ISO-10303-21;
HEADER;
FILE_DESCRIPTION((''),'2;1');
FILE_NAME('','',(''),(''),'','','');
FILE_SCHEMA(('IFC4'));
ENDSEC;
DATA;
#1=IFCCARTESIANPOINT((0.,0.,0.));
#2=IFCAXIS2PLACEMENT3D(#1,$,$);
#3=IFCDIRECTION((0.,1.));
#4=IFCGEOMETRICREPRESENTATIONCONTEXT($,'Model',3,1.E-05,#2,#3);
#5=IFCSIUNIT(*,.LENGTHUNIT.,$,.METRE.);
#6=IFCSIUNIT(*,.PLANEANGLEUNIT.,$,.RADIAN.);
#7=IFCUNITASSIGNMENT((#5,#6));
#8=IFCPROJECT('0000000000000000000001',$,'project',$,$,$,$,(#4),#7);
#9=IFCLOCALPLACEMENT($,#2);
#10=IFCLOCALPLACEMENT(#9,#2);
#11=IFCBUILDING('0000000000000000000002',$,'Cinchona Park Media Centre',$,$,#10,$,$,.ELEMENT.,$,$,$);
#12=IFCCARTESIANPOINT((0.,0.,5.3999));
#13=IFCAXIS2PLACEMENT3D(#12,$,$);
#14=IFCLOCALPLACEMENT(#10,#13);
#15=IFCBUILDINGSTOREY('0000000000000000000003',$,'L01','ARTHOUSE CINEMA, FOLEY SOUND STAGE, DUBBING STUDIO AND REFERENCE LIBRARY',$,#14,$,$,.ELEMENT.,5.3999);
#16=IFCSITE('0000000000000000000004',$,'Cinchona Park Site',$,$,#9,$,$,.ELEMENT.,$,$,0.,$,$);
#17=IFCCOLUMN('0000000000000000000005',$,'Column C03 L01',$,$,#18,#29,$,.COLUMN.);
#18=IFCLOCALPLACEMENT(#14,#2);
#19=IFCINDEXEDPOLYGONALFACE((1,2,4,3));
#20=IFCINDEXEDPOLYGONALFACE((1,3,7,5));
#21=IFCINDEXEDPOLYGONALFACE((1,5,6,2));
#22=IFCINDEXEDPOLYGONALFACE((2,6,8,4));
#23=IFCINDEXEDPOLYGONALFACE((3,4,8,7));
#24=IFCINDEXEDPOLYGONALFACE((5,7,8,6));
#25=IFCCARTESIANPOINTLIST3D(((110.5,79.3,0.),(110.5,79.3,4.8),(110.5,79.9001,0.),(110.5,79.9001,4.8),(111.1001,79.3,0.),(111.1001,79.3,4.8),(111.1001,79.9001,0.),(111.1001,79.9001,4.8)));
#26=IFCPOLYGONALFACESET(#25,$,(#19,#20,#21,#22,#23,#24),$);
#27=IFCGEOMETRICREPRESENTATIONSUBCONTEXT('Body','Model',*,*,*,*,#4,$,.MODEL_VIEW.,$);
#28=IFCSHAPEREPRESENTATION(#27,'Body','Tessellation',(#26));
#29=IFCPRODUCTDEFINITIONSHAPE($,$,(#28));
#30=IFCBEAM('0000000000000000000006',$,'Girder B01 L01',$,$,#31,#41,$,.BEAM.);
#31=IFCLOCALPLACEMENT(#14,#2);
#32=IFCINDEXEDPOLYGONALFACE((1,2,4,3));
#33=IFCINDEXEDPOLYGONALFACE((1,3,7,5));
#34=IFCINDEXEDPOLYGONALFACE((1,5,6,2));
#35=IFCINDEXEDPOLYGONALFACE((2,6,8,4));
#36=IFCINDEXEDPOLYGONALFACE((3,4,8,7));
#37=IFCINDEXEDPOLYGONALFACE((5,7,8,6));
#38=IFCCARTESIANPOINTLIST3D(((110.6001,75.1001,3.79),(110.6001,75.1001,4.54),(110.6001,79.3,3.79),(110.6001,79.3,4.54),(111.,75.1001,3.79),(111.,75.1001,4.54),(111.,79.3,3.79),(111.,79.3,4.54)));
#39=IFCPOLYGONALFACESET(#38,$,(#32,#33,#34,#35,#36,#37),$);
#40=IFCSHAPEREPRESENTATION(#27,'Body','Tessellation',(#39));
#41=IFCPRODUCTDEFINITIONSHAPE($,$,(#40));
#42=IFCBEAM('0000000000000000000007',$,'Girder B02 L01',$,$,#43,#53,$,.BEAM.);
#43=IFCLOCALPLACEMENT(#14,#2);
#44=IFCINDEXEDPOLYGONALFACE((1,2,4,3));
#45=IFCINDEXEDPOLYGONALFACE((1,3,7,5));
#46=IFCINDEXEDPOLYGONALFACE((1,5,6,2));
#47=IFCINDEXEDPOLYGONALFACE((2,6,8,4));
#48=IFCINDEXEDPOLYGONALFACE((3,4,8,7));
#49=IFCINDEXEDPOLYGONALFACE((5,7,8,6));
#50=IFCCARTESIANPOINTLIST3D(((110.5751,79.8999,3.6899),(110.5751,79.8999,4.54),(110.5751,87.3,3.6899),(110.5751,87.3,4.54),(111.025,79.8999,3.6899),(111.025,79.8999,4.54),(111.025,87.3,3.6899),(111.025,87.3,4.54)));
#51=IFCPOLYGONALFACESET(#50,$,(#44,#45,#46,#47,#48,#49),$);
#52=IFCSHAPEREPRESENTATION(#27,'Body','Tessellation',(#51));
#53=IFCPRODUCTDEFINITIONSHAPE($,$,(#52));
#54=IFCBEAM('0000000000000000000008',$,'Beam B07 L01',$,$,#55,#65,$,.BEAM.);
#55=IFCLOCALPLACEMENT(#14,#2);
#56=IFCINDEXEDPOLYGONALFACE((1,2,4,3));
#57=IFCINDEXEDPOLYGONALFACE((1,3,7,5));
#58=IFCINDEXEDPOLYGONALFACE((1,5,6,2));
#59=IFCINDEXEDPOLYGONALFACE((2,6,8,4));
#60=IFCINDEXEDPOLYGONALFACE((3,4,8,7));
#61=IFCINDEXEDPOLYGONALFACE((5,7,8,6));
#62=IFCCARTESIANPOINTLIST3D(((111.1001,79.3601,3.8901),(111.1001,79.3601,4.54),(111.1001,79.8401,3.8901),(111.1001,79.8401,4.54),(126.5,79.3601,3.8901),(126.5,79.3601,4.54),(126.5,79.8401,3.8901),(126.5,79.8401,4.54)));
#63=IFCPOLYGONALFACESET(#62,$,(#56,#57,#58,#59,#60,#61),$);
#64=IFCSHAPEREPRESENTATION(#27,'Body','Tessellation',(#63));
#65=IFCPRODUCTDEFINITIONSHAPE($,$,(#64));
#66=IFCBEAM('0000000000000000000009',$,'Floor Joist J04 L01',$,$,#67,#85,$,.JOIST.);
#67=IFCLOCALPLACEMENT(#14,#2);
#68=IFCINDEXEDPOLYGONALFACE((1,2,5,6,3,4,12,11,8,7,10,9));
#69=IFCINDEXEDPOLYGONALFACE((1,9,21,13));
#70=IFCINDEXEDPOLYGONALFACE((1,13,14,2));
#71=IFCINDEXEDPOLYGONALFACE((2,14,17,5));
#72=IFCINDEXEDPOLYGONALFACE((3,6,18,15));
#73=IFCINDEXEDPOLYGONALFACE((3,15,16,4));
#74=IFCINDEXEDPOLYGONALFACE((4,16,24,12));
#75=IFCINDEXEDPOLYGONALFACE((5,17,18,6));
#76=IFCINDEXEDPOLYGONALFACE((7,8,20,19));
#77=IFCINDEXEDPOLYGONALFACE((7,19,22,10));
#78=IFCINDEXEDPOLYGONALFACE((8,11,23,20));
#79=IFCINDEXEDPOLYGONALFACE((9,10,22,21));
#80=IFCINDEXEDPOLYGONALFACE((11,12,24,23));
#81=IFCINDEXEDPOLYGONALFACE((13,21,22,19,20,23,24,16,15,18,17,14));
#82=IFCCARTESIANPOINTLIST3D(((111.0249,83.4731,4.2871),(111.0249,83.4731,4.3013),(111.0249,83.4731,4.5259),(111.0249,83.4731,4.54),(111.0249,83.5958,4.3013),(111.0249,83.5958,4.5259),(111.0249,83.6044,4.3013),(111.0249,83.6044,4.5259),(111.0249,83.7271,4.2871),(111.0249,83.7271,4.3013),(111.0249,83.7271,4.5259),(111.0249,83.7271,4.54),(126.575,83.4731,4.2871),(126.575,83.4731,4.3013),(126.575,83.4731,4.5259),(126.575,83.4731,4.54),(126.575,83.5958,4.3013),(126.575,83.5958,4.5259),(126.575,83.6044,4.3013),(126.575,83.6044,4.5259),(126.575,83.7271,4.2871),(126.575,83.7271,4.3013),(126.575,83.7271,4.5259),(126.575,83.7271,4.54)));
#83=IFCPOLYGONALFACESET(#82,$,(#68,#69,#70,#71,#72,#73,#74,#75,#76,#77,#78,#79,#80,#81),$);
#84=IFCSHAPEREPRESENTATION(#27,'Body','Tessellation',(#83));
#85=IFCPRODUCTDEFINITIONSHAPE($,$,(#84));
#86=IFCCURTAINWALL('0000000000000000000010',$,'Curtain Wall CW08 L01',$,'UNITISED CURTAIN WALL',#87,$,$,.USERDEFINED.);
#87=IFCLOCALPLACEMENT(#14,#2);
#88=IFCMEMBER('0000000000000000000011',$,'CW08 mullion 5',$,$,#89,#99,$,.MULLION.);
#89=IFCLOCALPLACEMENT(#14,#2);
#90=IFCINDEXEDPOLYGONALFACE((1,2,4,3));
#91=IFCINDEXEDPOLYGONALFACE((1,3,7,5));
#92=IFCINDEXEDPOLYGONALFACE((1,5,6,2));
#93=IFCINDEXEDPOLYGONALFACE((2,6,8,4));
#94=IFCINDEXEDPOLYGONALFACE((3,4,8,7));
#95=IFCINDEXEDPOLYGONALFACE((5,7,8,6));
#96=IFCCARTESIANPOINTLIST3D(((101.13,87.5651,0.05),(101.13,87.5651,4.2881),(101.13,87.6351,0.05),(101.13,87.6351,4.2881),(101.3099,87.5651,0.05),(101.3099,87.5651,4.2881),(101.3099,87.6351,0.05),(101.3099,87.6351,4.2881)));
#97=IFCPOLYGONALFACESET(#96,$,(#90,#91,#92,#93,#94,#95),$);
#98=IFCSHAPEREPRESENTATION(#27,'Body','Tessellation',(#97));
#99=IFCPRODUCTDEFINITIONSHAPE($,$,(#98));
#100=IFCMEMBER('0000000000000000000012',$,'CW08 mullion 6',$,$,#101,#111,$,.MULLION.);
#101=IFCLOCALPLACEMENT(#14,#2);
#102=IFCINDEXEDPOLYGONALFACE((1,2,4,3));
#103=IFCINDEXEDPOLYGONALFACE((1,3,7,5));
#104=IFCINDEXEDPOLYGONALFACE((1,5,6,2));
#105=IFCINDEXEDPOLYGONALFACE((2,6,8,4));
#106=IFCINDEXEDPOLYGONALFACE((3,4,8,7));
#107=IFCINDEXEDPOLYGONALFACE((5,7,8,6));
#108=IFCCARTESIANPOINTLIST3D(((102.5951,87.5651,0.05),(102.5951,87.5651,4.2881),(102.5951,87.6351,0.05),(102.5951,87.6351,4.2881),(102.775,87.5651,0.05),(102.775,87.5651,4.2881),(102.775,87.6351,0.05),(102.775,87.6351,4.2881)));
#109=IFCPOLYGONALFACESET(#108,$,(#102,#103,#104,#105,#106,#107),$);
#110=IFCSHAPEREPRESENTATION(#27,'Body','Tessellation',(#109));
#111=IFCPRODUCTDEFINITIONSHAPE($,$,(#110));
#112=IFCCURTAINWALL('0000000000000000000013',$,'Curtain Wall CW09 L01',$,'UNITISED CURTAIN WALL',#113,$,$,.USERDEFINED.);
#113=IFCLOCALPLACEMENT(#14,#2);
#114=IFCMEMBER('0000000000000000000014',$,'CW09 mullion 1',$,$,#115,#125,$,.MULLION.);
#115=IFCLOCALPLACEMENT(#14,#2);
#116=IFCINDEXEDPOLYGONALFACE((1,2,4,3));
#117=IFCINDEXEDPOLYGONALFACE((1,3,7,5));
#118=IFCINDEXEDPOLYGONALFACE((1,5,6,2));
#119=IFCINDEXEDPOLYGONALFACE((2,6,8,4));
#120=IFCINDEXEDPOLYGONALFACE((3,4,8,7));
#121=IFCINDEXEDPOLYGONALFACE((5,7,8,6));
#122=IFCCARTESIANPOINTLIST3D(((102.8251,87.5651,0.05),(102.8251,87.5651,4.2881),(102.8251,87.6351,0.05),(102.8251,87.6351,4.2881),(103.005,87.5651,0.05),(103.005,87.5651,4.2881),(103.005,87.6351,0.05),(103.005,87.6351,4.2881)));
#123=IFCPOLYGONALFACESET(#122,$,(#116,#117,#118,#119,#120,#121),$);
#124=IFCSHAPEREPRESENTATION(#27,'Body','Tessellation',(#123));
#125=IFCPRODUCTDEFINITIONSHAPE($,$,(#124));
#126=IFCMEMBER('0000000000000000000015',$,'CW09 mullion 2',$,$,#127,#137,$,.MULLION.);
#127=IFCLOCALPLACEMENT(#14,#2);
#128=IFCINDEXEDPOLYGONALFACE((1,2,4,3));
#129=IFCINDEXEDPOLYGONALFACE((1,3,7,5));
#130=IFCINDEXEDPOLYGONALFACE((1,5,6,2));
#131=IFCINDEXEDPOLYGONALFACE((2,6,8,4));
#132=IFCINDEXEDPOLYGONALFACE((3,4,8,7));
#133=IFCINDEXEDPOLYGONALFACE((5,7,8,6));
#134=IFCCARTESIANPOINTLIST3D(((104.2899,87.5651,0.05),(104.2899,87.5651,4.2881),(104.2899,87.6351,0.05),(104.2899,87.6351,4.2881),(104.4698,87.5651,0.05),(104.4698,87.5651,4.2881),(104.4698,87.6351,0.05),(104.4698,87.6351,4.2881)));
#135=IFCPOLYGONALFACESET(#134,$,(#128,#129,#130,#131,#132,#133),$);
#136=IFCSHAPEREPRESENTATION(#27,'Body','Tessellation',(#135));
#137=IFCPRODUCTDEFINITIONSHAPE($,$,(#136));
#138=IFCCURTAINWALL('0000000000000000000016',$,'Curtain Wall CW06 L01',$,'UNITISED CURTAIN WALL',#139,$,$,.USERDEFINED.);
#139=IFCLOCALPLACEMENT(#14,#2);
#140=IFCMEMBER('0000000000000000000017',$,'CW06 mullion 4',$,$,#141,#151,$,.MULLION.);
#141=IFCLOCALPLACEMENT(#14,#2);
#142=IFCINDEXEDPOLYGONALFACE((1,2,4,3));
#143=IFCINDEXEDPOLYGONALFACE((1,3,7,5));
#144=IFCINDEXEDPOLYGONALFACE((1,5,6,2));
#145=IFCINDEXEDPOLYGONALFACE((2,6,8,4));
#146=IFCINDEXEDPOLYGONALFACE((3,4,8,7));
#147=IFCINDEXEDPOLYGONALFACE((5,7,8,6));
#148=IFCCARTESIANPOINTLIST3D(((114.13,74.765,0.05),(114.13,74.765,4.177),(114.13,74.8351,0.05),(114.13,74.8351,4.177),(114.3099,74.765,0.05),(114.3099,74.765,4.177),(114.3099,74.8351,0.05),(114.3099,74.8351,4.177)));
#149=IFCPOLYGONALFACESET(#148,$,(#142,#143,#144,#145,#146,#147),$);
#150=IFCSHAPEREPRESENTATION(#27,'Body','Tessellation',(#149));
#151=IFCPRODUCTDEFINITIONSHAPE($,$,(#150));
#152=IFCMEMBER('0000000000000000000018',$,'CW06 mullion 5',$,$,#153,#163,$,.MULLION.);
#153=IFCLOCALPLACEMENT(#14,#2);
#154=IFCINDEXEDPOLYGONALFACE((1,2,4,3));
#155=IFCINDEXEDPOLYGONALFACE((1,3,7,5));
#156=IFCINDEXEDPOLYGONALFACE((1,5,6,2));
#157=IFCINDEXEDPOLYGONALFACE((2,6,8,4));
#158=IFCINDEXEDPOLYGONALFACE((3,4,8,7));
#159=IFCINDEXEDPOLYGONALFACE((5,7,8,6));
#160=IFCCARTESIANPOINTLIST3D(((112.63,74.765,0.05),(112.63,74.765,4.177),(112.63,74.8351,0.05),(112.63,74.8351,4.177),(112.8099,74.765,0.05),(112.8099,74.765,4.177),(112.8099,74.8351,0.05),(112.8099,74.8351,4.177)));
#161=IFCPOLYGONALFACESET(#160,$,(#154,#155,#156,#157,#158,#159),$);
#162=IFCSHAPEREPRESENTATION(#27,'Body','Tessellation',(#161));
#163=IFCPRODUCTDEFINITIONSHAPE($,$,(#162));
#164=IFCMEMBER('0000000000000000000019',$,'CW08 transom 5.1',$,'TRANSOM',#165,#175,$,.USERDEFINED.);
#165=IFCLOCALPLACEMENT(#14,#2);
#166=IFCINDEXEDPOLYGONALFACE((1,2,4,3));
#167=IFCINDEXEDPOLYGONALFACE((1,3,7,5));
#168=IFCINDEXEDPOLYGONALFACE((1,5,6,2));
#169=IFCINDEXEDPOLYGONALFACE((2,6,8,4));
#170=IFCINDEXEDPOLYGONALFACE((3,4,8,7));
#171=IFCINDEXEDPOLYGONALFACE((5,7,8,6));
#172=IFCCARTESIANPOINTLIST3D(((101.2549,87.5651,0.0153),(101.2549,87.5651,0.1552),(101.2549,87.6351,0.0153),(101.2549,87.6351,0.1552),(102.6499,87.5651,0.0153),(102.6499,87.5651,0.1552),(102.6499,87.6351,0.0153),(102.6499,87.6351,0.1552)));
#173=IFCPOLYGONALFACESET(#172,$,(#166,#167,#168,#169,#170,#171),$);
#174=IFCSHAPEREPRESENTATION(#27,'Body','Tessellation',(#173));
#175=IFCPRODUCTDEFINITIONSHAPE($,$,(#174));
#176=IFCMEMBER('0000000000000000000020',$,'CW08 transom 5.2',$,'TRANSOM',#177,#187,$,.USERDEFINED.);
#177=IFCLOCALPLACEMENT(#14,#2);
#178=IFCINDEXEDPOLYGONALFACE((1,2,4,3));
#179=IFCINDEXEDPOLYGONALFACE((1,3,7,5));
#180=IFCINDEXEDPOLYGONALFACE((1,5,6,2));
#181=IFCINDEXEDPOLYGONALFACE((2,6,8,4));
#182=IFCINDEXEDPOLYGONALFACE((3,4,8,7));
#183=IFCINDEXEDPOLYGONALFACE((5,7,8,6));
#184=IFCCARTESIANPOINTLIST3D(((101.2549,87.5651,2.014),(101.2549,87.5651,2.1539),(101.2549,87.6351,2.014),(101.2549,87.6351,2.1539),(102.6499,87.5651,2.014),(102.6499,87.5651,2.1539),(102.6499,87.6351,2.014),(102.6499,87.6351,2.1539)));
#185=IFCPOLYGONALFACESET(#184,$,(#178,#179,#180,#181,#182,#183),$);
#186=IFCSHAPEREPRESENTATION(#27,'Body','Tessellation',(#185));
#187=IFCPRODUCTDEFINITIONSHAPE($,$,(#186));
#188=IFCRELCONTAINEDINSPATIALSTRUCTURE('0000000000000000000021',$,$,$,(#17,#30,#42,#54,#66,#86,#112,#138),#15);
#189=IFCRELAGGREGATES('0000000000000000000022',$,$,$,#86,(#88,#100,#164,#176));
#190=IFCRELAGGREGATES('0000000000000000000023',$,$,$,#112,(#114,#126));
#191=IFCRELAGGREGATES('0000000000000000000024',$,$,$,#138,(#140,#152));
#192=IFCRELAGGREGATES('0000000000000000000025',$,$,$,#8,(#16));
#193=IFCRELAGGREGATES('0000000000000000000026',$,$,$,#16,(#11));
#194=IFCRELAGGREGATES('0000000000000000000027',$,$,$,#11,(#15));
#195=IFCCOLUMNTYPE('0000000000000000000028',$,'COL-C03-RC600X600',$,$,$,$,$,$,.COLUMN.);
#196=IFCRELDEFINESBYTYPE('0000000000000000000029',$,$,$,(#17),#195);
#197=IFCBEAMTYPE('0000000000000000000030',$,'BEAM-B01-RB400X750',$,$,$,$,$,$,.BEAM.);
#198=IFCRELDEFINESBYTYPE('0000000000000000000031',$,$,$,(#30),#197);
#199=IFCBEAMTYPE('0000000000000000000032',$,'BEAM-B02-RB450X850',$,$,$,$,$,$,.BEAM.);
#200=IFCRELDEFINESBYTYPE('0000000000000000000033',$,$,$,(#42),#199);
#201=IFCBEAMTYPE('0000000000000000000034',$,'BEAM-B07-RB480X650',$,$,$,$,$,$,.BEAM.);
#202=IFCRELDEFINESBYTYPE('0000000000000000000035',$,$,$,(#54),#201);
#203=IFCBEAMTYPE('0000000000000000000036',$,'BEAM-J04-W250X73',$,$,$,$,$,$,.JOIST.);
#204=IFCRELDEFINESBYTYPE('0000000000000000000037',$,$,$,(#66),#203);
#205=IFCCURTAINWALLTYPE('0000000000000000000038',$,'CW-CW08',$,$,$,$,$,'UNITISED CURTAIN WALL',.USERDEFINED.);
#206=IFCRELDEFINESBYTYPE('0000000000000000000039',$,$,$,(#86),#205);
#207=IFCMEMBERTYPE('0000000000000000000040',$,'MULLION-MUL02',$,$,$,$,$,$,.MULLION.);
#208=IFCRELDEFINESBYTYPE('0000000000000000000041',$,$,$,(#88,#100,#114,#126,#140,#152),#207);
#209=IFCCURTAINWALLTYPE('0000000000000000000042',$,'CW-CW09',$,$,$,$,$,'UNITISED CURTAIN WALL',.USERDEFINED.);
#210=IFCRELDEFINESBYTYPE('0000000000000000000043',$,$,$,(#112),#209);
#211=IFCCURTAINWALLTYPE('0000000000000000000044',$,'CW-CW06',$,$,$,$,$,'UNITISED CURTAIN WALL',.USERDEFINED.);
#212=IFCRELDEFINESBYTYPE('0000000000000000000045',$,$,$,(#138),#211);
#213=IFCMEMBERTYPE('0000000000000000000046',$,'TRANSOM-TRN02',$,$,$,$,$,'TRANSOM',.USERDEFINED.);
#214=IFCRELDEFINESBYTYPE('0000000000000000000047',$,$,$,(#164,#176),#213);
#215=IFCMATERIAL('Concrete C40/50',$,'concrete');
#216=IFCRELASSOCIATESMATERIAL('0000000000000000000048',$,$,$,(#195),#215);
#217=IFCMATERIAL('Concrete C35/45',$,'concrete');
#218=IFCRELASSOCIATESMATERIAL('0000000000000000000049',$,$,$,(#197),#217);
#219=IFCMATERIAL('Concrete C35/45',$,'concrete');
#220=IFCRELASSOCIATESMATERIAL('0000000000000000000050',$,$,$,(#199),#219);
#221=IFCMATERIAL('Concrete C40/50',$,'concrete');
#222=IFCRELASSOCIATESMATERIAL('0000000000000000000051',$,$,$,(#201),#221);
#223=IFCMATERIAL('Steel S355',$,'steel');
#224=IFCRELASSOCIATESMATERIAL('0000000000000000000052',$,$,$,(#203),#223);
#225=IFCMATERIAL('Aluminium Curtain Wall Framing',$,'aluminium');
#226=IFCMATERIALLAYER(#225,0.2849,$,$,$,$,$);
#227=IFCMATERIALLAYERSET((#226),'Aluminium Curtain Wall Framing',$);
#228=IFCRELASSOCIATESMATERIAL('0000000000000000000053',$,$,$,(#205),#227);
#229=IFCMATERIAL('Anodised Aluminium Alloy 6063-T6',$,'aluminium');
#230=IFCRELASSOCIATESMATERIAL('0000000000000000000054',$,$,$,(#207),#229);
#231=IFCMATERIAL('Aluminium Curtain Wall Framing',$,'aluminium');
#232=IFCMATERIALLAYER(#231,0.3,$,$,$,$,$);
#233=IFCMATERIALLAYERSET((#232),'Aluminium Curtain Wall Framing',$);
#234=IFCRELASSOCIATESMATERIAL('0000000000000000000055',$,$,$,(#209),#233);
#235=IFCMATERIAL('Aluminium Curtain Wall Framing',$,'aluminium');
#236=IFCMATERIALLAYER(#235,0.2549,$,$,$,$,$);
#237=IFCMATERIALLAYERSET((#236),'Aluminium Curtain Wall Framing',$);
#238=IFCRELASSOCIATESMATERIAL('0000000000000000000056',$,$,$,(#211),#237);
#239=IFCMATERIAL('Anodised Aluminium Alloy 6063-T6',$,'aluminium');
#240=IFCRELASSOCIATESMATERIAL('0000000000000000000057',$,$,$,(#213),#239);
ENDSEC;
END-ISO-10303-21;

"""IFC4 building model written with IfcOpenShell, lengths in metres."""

from ifc_helpers import new_model, si_unit, direction, frame, origin, origin_2d, place, context, subcontext, project, spatial, rectangle, i_section, extrude, material, layer, layer_set, material_profile, profile_set, type_object, element, aggregate, save


model = new_model("IFC4")

# Units and contexts
model_context = context("Model", 3, precision=1e-05, world=origin(), true_north=direction((0.0, 1.0)))
body_context = subcontext(model_context, "Body", "Model", "MODEL_VIEW")
ifc_project = project(units=[si_unit("LENGTHUNIT", "METRE"), si_unit("PLANEANGLEUNIT", "RADIAN")], contexts=[model_context])

# Site, building, storey
site_placement = place(None, origin())
site = spatial("IfcSite", under=ifc_project, at=site_placement, Name="Cinchona Park Site", CompositionType="ELEMENT", RefElevation=0.0)
building_placement = place(site_placement, origin())
building = spatial("IfcBuilding", under=site, at=building_placement, Name="Cinchona Park Media Centre", CompositionType="ELEMENT")
storey_placement = place(building_placement, frame((0.0, 0.0, 5.3999)))
storey = spatial("IfcBuildingStorey", under=building, at=storey_placement, Name="L01", Description="ARTHOUSE CINEMA, FOLEY SOUND STAGE, DUBBING STUDIO AND REFERENCE LIBRARY", CompositionType="ELEMENT", Elevation=5.3999)

# Column
ifc_material_1 = material(Name="Concrete C40/50", Category="concrete")
ifc_material_profile_1 = material_profile(ifc_material_1, rectangle(XDim=0.6001, YDim=0.6001, at=origin_2d()), Name="RC 600X600")
ifc_profile_set_1 = profile_set([ifc_material_profile_1], Name="Concrete C40/50")
column_type = type_object("IfcColumnType", Name="COL-C03-RC600X600", PredefinedType="COLUMN", material=ifc_profile_set_1)
column_placement = place(storey_placement, frame((110.8, 79.6001, 0.0), z_axis=(0.0, 0.0, 1.0), x_axis=(1.0, 0.0, 0.0)))
element("IfcColumn", 1, at=column_placement, inside=storey, type_object=column_type, Name="Column C03 L01", PredefinedType="COLUMN", context=body_context, shape_type="SweptSolid", body=[
    extrude(rectangle(XDim=0.6001, YDim=0.6001, at=origin_2d()), origin(), (0.0, 0.0, 1.0), 4.8),
])

# Beams
ifc_material_2 = material(Name="Concrete C35/45", Category="concrete")
ifc_material_profile_2 = material_profile(ifc_material_2, rectangle(XDim=0.3999, YDim=0.75, at=origin_2d()), Name="RB 400X750")
ifc_profile_set_2 = profile_set([ifc_material_profile_2], Name="Concrete C35/45")
beam_type_1 = type_object("IfcBeamType", Name="BEAM-B01-RB400X750", PredefinedType="BEAM", material=ifc_profile_set_2)
beam_1_placement = place(storey_placement, frame((110.8, 75.1001, 4.165), z_axis=(0.0, 1.0, 0.0), x_axis=(-1.0, 0.0, 0.0)))
element("IfcBeam", 2, at=beam_1_placement, inside=storey, type_object=beam_type_1, Name="Girder B01 L01", PredefinedType="BEAM", context=body_context, shape_type="SweptSolid", body=[
    extrude(rectangle(XDim=0.3999, YDim=0.75, at=origin_2d()), origin(), (0.0, 0.0, 1.0), 4.2),
])
ifc_material_3 = material(Name="Concrete C35/45", Category="concrete")
ifc_material_profile_3 = material_profile(ifc_material_3, rectangle(XDim=0.45, YDim=0.8501, at=origin_2d()), Name="RB 450X850")
ifc_profile_set_3 = profile_set([ifc_material_profile_3], Name="Concrete C35/45")
beam_type_2 = type_object("IfcBeamType", Name="BEAM-B02-RB450X850", PredefinedType="BEAM", material=ifc_profile_set_3)
beam_2_placement = place(storey_placement, frame((110.8, 79.8999, 4.115), z_axis=(0.0, 1.0, 0.0), x_axis=(-1.0, 0.0, 0.0)))
element("IfcBeam", 3, at=beam_2_placement, inside=storey, type_object=beam_type_2, Name="Girder B02 L01", PredefinedType="BEAM", context=body_context, shape_type="SweptSolid", body=[
    extrude(rectangle(XDim=0.45, YDim=0.8501, at=origin_2d()), origin(), (0.0, 0.0, 1.0), 7.4001),
])
ifc_material_4 = material(Name="Concrete C40/50", Category="concrete")
ifc_material_profile_4 = material_profile(ifc_material_4, rectangle(XDim=0.48, YDim=0.6499, at=origin_2d()), Name="RB 480X650")
ifc_profile_set_4 = profile_set([ifc_material_profile_4], Name="Concrete C40/50")
beam_type_3 = type_object("IfcBeamType", Name="BEAM-B07-RB480X650", PredefinedType="BEAM", material=ifc_profile_set_4)
beam_3_placement = place(storey_placement, frame((111.1001, 79.6001, 4.2151), z_axis=(1.0, 0.0, 0.0), x_axis=(0.0, 1.0, 0.0)))
element("IfcBeam", 4, at=beam_3_placement, inside=storey, type_object=beam_type_3, Name="Beam B07 L01", PredefinedType="BEAM", context=body_context, shape_type="SweptSolid", body=[
    extrude(rectangle(XDim=0.48, YDim=0.6499, at=origin_2d()), origin(), (0.0, 0.0, 1.0), 15.3999),
])
ifc_material_5 = material(Name="Steel S355", Category="steel")
ifc_material_profile_5 = material_profile(ifc_material_5, i_section(OverallWidth=0.2539, OverallDepth=0.2529, WebThickness=0.0085, FlangeThickness=0.0142, at=origin_2d()), Name="W250X73")
ifc_profile_set_5 = profile_set([ifc_material_profile_5], Name="Steel S355")
beam_type_4 = type_object("IfcBeamType", Name="BEAM-J04-W250X73", PredefinedType="JOIST", material=ifc_profile_set_5)
beam_4_placement = place(storey_placement, frame((111.0249, 83.6001, 4.4136), z_axis=(1.0, 0.0, 0.0), x_axis=(0.0, 1.0, 0.0)))
element("IfcBeam", 5, at=beam_4_placement, inside=storey, type_object=beam_type_4, Name="Floor Joist J04 L01", PredefinedType="JOIST", context=body_context, shape_type="SweptSolid", body=[
    extrude(i_section(OverallWidth=0.2539, OverallDepth=0.2529, WebThickness=0.0085, FlangeThickness=0.0142, at=origin_2d()), origin(), (0.0, 0.0, 1.0), 15.55),
])

# Curtain walls, members
ifc_material_6 = material(Name="Aluminium Curtain Wall Framing", Category="aluminium")
ifc_layer_1 = layer(ifc_material_6, 0.2849)
ifc_layer_set_1 = layer_set([ifc_layer_1], Name="Aluminium Curtain Wall Framing")
curtain_wall_type_1 = type_object("IfcCurtainWallType", Name="CW-CW08", ElementType="UNITISED CURTAIN WALL", PredefinedType="USERDEFINED", material=ifc_layer_set_1)
curtain_wall_1_placement = place(storey_placement, origin())
curtain_wall_1 = element("IfcCurtainWall", 6, at=curtain_wall_1_placement, inside=storey, type_object=curtain_wall_type_1, Name="Curtain Wall CW08 L01", ObjectType="UNITISED CURTAIN WALL", PredefinedType="USERDEFINED")
ifc_material_7 = material(Name="Anodised Aluminium Alloy 6063-T6", Category="aluminium")
ifc_material_profile_6 = material_profile(ifc_material_7, rectangle(XDim=0.0701, YDim=0.1799, at=origin_2d()), Name="MUL-70X180")
ifc_profile_set_6 = profile_set([ifc_material_profile_6], Name="Anodised Aluminium Alloy 6063-T6")
member_type_1 = type_object("IfcMemberType", Name="MULLION-MUL02", PredefinedType="MULLION", material=ifc_profile_set_6)
member_1_placement = place(storey_placement, frame((101.22, 87.6001, 0.05), z_axis=(0.0, 0.0, 1.0), x_axis=(0.0, 1.0, 0.0)))
member_1 = element("IfcMember", 7, at=member_1_placement, type_object=member_type_1, Name="CW08 mullion 5", PredefinedType="MULLION", context=body_context, shape_type="SweptSolid", body=[
    extrude(rectangle(XDim=0.0701, YDim=0.1799, at=origin_2d()), origin(), (0.0, 0.0, 1.0), 4.238),
])
member_2_placement = place(storey_placement, frame((102.6851, 87.6001, 0.05), z_axis=(0.0, 0.0, 1.0), x_axis=(0.0, 1.0, 0.0)))
member_2 = element("IfcMember", 8, at=member_2_placement, type_object=member_type_1, Name="CW08 mullion 6", PredefinedType="MULLION", context=body_context, shape_type="SweptSolid", body=[
    extrude(rectangle(XDim=0.0701, YDim=0.1799, at=origin_2d()), origin(), (0.0, 0.0, 1.0), 4.238),
])
ifc_material_8 = material(Name="Aluminium Curtain Wall Framing", Category="aluminium")
ifc_layer_2 = layer(ifc_material_8, 0.3)
ifc_layer_set_2 = layer_set([ifc_layer_2], Name="Aluminium Curtain Wall Framing")
curtain_wall_type_2 = type_object("IfcCurtainWallType", Name="CW-CW09", ElementType="UNITISED CURTAIN WALL", PredefinedType="USERDEFINED", material=ifc_layer_set_2)
curtain_wall_2_placement = place(storey_placement, origin())
curtain_wall_2 = element("IfcCurtainWall", 9, at=curtain_wall_2_placement, inside=storey, type_object=curtain_wall_type_2, Name="Curtain Wall CW09 L01", ObjectType="UNITISED CURTAIN WALL", PredefinedType="USERDEFINED")
member_3_placement = place(storey_placement, frame((102.915, 87.6001, 0.05), z_axis=(0.0, 0.0, 1.0), x_axis=(0.0, 1.0, 0.0)))
member_3 = element("IfcMember", 10, at=member_3_placement, type_object=member_type_1, Name="CW09 mullion 1", PredefinedType="MULLION", context=body_context, shape_type="SweptSolid", body=[
    extrude(rectangle(XDim=0.0701, YDim=0.1799, at=origin_2d()), origin(), (0.0, 0.0, 1.0), 4.238),
])
member_4_placement = place(storey_placement, frame((104.3799, 87.6001, 0.05), z_axis=(0.0, 0.0, 1.0), x_axis=(0.0, 1.0, 0.0)))
member_4 = element("IfcMember", 11, at=member_4_placement, type_object=member_type_1, Name="CW09 mullion 2", PredefinedType="MULLION", context=body_context, shape_type="SweptSolid", body=[
    extrude(rectangle(XDim=0.0701, YDim=0.1799, at=origin_2d()), origin(), (0.0, 0.0, 1.0), 4.238),
])
ifc_material_9 = material(Name="Aluminium Curtain Wall Framing", Category="aluminium")
ifc_layer_3 = layer(ifc_material_9, 0.2549)
ifc_layer_set_3 = layer_set([ifc_layer_3], Name="Aluminium Curtain Wall Framing")
curtain_wall_type_3 = type_object("IfcCurtainWallType", Name="CW-CW06", ElementType="UNITISED CURTAIN WALL", PredefinedType="USERDEFINED", material=ifc_layer_set_3)
curtain_wall_3_placement = place(storey_placement, origin())
curtain_wall_3 = element("IfcCurtainWall", 12, at=curtain_wall_3_placement, inside=storey, type_object=curtain_wall_type_3, Name="Curtain Wall CW06 L01", ObjectType="UNITISED CURTAIN WALL", PredefinedType="USERDEFINED")
member_5_placement = place(storey_placement, frame((114.22, 74.8, 0.05), z_axis=(0.0, 0.0, 1.0), x_axis=(0.0, -1.0, 0.0)))
member_5 = element("IfcMember", 13, at=member_5_placement, type_object=member_type_1, Name="CW06 mullion 4", PredefinedType="MULLION", context=body_context, shape_type="SweptSolid", body=[
    extrude(rectangle(XDim=0.0701, YDim=0.1799, at=origin_2d()), origin(), (0.0, 0.0, 1.0), 4.127),
])
member_6_placement = place(storey_placement, frame((112.72, 74.8, 0.05), z_axis=(0.0, 0.0, 1.0), x_axis=(0.0, -1.0, 0.0)))
member_6 = element("IfcMember", 14, at=member_6_placement, type_object=member_type_1, Name="CW06 mullion 5", PredefinedType="MULLION", context=body_context, shape_type="SweptSolid", body=[
    extrude(rectangle(XDim=0.0701, YDim=0.1799, at=origin_2d()), origin(), (0.0, 0.0, 1.0), 4.127),
])

# Members
ifc_material_10 = material(Name="Anodised Aluminium Alloy 6063-T6", Category="aluminium")
ifc_material_profile_7 = material_profile(ifc_material_10, rectangle(XDim=0.0701, YDim=0.1399, at=origin_2d()), Name="TRN-70X140")
ifc_profile_set_7 = profile_set([ifc_material_profile_7], Name="Anodised Aluminium Alloy 6063-T6")
member_type_2 = type_object("IfcMemberType", Name="TRANSOM-TRN02", ElementType="TRANSOM", PredefinedType="USERDEFINED", material=ifc_profile_set_7)
member_7_placement = place(storey_placement, frame((101.2549, 87.6001, 0.0852), z_axis=(1.0, 0.0, 0.0), x_axis=(0.0, 1.0, 0.0)))
member_7 = element("IfcMember", 15, at=member_7_placement, type_object=member_type_2, Name="CW08 transom 5.1", ObjectType="TRANSOM", PredefinedType="USERDEFINED", context=body_context, shape_type="SweptSolid", body=[
    extrude(rectangle(XDim=0.0701, YDim=0.1399, at=origin_2d()), origin(), (0.0, 0.0, 1.0), 1.395),
])
member_8_placement = place(storey_placement, frame((101.2549, 87.6001, 2.084), z_axis=(1.0, 0.0, 0.0), x_axis=(0.0, 1.0, 0.0)))
member_8 = element("IfcMember", 16, at=member_8_placement, type_object=member_type_2, Name="CW08 transom 5.2", ObjectType="TRANSOM", PredefinedType="USERDEFINED", context=body_context, shape_type="SweptSolid", body=[
    extrude(rectangle(XDim=0.0701, YDim=0.1399, at=origin_2d()), origin(), (0.0, 0.0, 1.0), 1.395),
])

aggregate(curtain_wall_1, [member_1, member_2, member_7, member_8])
aggregate(curtain_wall_2, [member_3, member_4])
aggregate(curtain_wall_3, [member_5, member_6])

save(model, "model.ifc")
